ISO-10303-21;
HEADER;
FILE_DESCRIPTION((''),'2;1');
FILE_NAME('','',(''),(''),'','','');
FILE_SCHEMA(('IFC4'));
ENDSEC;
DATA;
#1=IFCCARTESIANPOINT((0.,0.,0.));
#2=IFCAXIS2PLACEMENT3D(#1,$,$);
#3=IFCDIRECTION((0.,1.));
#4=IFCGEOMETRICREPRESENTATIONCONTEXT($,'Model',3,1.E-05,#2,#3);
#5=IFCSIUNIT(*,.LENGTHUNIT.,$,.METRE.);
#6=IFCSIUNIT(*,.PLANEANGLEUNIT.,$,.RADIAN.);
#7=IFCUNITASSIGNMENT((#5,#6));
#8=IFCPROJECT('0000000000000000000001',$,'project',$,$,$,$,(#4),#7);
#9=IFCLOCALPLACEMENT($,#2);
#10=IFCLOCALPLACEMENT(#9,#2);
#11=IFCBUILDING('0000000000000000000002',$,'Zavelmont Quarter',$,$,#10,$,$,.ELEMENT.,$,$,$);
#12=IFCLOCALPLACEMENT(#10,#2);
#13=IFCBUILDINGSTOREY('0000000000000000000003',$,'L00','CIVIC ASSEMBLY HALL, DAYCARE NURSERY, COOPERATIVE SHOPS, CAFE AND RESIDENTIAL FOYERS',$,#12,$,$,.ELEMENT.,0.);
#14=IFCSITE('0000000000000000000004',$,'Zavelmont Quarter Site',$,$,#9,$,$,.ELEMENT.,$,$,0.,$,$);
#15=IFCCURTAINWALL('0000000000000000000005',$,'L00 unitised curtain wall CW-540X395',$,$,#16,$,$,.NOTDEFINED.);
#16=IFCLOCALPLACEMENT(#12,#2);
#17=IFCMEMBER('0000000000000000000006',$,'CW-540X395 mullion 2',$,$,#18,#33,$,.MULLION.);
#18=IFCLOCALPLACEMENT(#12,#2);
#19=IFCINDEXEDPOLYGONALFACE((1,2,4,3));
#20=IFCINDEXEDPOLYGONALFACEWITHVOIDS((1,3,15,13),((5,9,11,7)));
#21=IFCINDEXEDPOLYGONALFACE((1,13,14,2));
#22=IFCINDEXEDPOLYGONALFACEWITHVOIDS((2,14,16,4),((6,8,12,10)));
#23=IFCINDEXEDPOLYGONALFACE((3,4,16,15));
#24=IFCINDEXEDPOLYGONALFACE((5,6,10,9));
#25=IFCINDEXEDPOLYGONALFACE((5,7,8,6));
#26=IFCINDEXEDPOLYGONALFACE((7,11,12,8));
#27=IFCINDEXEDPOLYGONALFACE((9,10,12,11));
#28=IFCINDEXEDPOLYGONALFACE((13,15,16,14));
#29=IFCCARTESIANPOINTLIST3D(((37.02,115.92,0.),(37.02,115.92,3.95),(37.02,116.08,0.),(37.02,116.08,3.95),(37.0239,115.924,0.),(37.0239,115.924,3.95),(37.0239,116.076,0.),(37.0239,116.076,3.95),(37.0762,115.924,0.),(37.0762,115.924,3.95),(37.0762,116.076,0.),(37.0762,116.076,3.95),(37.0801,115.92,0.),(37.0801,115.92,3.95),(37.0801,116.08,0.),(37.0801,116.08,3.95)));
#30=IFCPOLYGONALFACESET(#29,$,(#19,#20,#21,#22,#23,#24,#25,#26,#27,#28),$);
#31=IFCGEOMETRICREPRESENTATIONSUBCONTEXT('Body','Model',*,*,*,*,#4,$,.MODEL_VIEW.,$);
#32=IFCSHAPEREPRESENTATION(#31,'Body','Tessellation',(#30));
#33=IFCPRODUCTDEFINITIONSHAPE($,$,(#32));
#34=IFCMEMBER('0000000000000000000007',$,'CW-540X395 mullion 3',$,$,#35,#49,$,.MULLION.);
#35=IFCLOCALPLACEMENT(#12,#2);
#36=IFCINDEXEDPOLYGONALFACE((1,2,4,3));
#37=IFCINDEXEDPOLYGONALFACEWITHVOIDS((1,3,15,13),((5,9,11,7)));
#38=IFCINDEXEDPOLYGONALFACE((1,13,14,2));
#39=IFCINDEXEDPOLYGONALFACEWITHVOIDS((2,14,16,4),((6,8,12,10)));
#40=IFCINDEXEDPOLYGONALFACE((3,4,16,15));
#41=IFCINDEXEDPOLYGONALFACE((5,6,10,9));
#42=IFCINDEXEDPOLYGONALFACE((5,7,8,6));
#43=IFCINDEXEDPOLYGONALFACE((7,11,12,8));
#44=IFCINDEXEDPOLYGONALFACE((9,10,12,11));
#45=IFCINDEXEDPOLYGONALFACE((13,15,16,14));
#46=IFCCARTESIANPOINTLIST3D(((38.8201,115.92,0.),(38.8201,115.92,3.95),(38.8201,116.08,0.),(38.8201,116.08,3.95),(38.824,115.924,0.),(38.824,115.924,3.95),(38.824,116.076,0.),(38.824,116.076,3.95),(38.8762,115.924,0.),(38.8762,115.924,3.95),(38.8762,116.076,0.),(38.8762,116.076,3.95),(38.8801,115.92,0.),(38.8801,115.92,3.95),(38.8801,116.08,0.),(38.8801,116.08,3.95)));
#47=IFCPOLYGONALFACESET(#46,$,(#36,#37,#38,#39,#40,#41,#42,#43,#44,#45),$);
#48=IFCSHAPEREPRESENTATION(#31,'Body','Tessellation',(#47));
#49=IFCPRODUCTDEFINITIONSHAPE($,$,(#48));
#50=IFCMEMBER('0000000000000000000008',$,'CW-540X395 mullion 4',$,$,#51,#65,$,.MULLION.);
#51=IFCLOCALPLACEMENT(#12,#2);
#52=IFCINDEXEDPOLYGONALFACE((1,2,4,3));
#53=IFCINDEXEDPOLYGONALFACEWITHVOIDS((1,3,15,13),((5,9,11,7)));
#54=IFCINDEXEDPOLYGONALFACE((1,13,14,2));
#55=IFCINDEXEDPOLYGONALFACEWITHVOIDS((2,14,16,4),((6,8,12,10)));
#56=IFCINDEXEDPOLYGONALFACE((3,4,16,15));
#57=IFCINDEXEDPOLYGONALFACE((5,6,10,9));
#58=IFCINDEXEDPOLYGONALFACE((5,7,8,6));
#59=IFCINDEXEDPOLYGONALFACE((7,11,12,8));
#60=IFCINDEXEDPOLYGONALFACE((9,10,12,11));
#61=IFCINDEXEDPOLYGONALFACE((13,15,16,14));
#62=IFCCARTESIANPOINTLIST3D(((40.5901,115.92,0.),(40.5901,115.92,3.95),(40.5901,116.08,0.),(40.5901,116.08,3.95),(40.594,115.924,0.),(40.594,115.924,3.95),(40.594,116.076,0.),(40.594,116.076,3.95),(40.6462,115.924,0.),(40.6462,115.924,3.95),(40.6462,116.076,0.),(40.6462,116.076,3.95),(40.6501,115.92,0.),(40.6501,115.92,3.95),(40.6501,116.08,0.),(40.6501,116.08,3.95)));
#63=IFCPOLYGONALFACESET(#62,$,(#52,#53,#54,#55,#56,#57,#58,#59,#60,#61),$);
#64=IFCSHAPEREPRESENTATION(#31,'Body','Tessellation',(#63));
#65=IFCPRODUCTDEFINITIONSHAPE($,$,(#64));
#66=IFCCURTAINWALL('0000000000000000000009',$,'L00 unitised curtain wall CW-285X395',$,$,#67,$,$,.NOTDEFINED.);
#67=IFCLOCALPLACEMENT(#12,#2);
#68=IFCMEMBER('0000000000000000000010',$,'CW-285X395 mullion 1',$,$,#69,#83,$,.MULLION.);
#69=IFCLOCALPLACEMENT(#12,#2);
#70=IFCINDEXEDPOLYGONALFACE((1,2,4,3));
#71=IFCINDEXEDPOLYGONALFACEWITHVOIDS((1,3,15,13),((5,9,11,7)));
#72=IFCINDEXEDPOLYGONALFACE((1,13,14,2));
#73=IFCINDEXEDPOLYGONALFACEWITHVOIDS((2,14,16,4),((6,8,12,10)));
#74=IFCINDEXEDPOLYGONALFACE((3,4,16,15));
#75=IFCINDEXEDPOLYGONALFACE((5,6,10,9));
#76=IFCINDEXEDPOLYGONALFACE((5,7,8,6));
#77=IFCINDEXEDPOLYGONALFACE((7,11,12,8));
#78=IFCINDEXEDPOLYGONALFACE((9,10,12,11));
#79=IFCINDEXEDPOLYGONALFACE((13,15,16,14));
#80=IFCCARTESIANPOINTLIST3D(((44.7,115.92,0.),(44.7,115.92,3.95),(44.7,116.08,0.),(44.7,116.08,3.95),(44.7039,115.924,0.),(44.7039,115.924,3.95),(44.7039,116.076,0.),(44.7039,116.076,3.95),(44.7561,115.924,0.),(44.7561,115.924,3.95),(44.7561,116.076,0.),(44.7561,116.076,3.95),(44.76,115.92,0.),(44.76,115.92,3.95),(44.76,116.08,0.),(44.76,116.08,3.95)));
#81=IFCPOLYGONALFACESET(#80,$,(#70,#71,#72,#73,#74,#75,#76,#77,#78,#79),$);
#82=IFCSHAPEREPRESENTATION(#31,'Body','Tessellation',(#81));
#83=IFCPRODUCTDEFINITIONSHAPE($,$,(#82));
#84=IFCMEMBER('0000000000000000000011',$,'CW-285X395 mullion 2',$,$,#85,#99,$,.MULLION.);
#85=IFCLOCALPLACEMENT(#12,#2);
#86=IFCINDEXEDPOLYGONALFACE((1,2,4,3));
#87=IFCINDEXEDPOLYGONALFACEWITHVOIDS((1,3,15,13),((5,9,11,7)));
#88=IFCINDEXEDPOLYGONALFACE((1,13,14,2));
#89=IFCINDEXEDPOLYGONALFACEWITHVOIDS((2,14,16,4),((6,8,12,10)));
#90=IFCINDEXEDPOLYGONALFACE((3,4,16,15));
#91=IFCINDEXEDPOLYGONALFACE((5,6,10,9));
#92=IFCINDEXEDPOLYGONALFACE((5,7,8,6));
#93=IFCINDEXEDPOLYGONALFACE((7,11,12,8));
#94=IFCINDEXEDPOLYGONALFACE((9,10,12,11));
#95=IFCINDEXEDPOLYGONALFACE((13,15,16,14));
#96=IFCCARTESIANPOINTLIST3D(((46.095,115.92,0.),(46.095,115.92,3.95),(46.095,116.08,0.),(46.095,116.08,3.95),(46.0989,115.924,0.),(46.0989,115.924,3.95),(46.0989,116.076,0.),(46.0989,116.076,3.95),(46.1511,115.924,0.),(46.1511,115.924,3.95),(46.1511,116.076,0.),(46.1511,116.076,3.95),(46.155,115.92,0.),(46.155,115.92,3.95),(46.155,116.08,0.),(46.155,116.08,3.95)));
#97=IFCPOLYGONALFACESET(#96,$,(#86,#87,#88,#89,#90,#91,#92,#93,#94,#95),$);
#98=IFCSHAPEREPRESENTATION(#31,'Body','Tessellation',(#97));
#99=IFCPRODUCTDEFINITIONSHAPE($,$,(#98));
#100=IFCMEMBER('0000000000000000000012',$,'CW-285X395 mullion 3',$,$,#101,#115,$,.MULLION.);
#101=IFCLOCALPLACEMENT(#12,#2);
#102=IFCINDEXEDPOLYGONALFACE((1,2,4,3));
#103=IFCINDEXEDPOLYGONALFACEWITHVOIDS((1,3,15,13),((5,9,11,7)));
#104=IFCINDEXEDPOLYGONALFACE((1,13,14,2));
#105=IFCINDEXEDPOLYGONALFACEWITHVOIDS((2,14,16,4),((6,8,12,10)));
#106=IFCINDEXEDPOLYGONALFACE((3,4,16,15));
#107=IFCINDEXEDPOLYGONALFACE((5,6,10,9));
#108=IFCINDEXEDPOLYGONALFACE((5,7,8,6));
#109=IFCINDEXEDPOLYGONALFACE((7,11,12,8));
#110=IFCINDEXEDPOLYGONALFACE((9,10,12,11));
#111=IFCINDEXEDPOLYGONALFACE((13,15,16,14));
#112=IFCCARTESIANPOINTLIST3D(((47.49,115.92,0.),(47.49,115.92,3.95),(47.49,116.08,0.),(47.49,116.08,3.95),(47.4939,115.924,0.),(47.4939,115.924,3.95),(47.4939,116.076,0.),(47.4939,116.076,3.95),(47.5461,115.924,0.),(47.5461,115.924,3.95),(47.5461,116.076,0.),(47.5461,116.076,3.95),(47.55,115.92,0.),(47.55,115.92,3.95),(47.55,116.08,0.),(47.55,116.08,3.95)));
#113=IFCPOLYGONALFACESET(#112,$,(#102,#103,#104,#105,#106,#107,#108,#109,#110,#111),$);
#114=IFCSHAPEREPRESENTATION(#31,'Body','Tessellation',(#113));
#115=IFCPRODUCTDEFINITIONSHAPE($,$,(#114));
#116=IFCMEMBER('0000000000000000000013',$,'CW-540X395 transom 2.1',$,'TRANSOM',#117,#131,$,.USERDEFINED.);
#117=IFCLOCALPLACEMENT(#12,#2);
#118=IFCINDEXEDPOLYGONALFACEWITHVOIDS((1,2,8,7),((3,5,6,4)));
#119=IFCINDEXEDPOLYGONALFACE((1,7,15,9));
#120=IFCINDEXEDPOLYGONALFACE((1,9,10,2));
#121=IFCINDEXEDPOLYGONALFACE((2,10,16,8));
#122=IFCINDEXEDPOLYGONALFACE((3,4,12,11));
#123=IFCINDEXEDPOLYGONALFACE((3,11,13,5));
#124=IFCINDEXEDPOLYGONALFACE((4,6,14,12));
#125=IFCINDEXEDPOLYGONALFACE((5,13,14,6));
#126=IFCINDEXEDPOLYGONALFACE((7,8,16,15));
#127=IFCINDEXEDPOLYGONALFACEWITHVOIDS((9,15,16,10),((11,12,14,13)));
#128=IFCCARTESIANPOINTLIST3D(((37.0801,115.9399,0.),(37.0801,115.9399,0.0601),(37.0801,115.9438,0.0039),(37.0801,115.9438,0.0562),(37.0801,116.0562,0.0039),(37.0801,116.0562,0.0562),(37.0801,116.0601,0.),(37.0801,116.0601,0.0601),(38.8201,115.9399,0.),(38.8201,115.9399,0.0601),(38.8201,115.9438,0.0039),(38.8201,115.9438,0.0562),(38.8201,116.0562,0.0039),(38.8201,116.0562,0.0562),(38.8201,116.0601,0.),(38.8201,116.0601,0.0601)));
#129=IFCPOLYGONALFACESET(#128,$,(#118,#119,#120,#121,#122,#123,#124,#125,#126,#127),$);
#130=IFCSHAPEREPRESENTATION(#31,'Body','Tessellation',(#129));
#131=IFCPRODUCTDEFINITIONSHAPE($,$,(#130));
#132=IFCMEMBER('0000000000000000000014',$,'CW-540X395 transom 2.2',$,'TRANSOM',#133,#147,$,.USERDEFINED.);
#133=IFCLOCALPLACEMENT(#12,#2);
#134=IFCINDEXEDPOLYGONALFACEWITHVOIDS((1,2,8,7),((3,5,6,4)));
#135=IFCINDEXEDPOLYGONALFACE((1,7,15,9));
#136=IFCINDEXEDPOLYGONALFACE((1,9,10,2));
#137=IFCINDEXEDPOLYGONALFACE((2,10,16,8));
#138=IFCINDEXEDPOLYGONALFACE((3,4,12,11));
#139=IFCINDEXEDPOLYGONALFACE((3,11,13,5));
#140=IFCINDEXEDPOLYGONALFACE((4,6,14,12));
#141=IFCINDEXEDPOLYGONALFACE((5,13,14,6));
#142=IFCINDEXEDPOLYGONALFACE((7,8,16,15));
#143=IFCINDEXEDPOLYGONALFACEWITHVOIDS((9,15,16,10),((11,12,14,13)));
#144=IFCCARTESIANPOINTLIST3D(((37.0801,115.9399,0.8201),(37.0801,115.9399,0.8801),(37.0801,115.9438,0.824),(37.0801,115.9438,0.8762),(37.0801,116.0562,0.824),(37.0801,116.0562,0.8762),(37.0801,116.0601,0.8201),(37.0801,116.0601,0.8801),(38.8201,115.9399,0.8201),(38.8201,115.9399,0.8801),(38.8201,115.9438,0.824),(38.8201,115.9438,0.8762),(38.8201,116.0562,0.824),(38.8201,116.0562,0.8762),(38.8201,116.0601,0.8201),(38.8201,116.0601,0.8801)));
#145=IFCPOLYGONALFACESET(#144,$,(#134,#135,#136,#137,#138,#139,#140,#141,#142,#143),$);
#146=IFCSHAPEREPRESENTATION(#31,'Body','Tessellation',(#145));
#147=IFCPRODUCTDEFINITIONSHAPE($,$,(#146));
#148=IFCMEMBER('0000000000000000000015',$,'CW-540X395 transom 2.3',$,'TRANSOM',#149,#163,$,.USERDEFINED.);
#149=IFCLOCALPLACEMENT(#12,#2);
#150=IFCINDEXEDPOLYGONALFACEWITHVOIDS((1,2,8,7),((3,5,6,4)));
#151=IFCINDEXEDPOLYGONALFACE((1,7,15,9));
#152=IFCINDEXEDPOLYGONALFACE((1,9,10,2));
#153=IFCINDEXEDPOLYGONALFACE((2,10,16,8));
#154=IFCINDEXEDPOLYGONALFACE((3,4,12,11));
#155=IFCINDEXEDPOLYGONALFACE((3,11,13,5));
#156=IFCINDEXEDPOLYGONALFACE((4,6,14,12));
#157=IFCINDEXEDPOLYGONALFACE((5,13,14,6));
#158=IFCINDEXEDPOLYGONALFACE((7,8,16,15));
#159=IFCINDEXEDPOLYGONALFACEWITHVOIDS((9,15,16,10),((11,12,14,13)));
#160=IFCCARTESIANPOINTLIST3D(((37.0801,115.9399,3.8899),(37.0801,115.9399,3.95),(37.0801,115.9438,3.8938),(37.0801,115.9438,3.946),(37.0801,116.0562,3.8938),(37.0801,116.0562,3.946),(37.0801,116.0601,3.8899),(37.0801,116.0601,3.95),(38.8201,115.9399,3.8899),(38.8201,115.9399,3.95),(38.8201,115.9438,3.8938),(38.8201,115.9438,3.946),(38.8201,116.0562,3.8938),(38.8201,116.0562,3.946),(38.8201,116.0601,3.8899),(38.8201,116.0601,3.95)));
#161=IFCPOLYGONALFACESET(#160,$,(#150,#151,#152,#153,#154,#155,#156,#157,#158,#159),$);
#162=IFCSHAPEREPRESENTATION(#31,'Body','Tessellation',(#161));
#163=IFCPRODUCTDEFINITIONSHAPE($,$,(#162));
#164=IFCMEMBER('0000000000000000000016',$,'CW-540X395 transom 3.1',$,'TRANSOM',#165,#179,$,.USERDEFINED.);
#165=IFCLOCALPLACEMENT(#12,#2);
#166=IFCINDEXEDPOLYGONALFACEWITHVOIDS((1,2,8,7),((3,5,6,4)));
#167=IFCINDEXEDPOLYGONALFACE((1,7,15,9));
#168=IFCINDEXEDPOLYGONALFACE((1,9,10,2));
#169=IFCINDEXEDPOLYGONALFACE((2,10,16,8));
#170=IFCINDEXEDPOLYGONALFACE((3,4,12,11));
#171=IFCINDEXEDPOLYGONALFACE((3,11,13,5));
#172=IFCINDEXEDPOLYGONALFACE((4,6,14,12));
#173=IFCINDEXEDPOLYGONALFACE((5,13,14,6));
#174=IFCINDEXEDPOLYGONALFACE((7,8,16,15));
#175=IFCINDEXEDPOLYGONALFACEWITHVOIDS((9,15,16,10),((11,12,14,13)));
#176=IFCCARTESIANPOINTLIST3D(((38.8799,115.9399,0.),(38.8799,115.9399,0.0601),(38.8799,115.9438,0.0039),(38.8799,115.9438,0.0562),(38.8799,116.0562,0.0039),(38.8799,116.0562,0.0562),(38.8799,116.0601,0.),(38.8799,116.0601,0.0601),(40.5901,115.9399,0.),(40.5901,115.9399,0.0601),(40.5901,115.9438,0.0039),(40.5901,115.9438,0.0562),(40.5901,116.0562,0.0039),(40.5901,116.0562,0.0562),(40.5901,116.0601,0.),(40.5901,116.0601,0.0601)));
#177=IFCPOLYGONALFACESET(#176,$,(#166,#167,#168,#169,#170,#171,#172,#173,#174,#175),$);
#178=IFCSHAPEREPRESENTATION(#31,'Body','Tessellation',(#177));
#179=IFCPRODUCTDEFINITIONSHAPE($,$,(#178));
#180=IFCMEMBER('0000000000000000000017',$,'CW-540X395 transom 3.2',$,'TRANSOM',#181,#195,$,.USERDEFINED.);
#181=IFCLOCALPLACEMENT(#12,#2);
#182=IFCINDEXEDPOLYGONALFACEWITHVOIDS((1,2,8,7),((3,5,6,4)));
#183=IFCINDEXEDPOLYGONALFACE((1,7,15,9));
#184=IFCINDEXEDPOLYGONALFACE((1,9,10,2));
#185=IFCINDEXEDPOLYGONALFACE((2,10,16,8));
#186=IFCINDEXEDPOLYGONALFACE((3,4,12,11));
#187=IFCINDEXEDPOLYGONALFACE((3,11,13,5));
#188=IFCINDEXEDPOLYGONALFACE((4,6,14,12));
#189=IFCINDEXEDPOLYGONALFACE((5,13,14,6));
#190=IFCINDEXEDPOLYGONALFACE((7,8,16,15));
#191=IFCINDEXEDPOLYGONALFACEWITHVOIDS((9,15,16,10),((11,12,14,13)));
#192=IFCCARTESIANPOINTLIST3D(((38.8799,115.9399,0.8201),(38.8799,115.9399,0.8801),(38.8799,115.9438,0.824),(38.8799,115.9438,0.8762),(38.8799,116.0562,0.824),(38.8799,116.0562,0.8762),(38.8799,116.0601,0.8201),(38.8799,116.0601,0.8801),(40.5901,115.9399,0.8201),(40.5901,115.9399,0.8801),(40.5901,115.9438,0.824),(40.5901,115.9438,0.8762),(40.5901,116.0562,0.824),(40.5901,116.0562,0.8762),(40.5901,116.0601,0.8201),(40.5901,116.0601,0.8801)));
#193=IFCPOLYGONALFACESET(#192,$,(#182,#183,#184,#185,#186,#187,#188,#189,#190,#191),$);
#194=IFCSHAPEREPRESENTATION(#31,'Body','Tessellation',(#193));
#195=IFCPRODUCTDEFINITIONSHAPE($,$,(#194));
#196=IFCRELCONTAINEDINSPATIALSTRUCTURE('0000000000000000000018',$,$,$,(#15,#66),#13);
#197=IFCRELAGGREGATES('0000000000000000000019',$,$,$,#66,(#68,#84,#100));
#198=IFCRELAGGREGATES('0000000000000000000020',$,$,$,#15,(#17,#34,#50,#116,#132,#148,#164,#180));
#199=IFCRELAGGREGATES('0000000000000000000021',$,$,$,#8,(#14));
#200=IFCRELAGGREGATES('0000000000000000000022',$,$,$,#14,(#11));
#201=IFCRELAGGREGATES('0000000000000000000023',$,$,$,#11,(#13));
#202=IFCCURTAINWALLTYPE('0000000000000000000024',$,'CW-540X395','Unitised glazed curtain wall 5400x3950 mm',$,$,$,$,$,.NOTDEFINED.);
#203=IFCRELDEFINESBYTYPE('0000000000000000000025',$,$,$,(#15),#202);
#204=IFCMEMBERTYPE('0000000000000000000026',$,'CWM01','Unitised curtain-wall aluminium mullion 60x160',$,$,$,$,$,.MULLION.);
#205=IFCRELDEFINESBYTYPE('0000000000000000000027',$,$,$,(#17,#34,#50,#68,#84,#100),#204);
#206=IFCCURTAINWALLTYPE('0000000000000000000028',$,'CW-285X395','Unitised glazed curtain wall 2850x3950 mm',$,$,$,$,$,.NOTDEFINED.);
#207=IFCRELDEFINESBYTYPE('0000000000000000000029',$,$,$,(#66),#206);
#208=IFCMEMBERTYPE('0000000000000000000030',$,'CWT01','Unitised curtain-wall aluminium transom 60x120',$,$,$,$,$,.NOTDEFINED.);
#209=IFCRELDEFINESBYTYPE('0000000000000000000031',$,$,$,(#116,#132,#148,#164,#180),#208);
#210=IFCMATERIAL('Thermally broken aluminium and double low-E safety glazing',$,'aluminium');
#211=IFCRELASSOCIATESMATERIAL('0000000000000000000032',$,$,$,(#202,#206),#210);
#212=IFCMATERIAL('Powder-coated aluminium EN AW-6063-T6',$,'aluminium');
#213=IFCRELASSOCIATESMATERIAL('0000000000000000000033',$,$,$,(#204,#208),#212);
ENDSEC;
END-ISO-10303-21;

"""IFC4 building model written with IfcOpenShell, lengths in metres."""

from ifc_helpers import new_model, si_unit, direction, frame, origin, origin_2d, place, context, subcontext, project, spatial, hollow_rectangle, extrude, material, material_profile, profile_set, type_object, element, aggregate, save


model = new_model("IFC4")

# Units and contexts
model_context = context("Model", 3, precision=1e-05, world=origin(), true_north=direction((0.0, 1.0)))
body_context = subcontext(model_context, "Body", "Model", "MODEL_VIEW")
ifc_project = project(units=[si_unit("LENGTHUNIT", "METRE"), si_unit("PLANEANGLEUNIT", "RADIAN")], contexts=[model_context])

# Site, building, storey
site_placement = place(None, origin())
site = spatial("IfcSite", under=ifc_project, at=site_placement, Name="Zavelmont Quarter Site", CompositionType="ELEMENT", RefElevation=0.0)
building_placement = place(site_placement, origin())
building = spatial("IfcBuilding", under=site, at=building_placement, Name="Zavelmont Quarter", CompositionType="ELEMENT")
storey_placement = place(building_placement, origin())
storey = spatial("IfcBuildingStorey", under=building, at=storey_placement, Name="L00", Description="CIVIC ASSEMBLY HALL, DAYCARE NURSERY, COOPERATIVE SHOPS, CAFE AND RESIDENTIAL FOYERS", CompositionType="ELEMENT", Elevation=0.0)

# Curtain walls, members
ifc_material_1 = material(Name="Thermally broken aluminium and double low-E safety glazing", Category="aluminium")
curtain_wall_type_1 = type_object("IfcCurtainWallType", Name="CW-540X395", Description="Unitised glazed curtain wall 5400x3950 mm", PredefinedType="NOTDEFINED", material=ifc_material_1)
curtain_wall_1_placement = place(storey_placement, origin())
curtain_wall_1 = element("IfcCurtainWall", 1, at=curtain_wall_1_placement, inside=storey, type_object=curtain_wall_type_1, Name="L00 unitised curtain wall CW-540X395", PredefinedType="NOTDEFINED")
ifc_material_2 = material(Name="Powder-coated aluminium EN AW-6063-T6", Category="aluminium")
ifc_material_profile_1 = material_profile(ifc_material_2, hollow_rectangle(XDim=0.0601, YDim=0.1599, WallThickness=0.0039, at=origin_2d()), Name="CWM60X160")
ifc_profile_set_1 = profile_set([ifc_material_profile_1], Name="Powder-coated aluminium EN AW-6063-T6")
member_type_1 = type_object("IfcMemberType", Name="CWM01", Description="Unitised curtain-wall aluminium mullion 60x160", PredefinedType="MULLION", material=ifc_profile_set_1)
member_1_placement = place(storey_placement, frame((37.05, 116.0, 0.0), z_axis=(0.0, 0.0, 1.0), x_axis=(1.0, 0.0, 0.0)))
member_1 = element("IfcMember", 2, at=member_1_placement, type_object=member_type_1, Name="CW-540X395 mullion 2", PredefinedType="MULLION", context=body_context, shape_type="SweptSolid", body=[
    extrude(hollow_rectangle(XDim=0.0601, YDim=0.1599, WallThickness=0.0039, at=origin_2d()), origin(), (0.0, 0.0, 1.0), 3.95),
])
member_2_placement = place(storey_placement, frame((38.8501, 116.0, 0.0), z_axis=(0.0, 0.0, 1.0), x_axis=(1.0, 0.0, 0.0)))
member_2 = element("IfcMember", 3, at=member_2_placement, type_object=member_type_1, Name="CW-540X395 mullion 3", PredefinedType="MULLION", context=body_context, shape_type="SweptSolid", body=[
    extrude(hollow_rectangle(XDim=0.0601, YDim=0.1599, WallThickness=0.0039, at=origin_2d()), origin(), (0.0, 0.0, 1.0), 3.95),
])
member_3_placement = place(storey_placement, frame((40.6201, 116.0, 0.0), z_axis=(0.0, 0.0, 1.0), x_axis=(1.0, 0.0, 0.0)))
member_3 = element("IfcMember", 4, at=member_3_placement, type_object=member_type_1, Name="CW-540X395 mullion 4", PredefinedType="MULLION", context=body_context, shape_type="SweptSolid", body=[
    extrude(hollow_rectangle(XDim=0.0601, YDim=0.1599, WallThickness=0.0039, at=origin_2d()), origin(), (0.0, 0.0, 1.0), 3.95),
])
curtain_wall_type_2 = type_object("IfcCurtainWallType", Name="CW-285X395", Description="Unitised glazed curtain wall 2850x3950 mm", PredefinedType="NOTDEFINED", material=ifc_material_1)
curtain_wall_2_placement = place(storey_placement, origin())
curtain_wall_2 = element("IfcCurtainWall", 5, at=curtain_wall_2_placement, inside=storey, type_object=curtain_wall_type_2, Name="L00 unitised curtain wall CW-285X395", PredefinedType="NOTDEFINED")
member_4_placement = place(storey_placement, frame((44.73, 116.0, 0.0), z_axis=(0.0, 0.0, 1.0), x_axis=(1.0, 0.0, 0.0)))
member_4 = element("IfcMember", 6, at=member_4_placement, type_object=member_type_1, Name="CW-285X395 mullion 1", PredefinedType="MULLION", context=body_context, shape_type="SweptSolid", body=[
    extrude(hollow_rectangle(XDim=0.0601, YDim=0.1599, WallThickness=0.0039, at=origin_2d()), origin(), (0.0, 0.0, 1.0), 3.95),
])
member_5_placement = place(storey_placement, frame((46.125, 116.0, 0.0), z_axis=(0.0, 0.0, 1.0), x_axis=(1.0, 0.0, 0.0)))
member_5 = element("IfcMember", 7, at=member_5_placement, type_object=member_type_1, Name="CW-285X395 mullion 2", PredefinedType="MULLION", context=body_context, shape_type="SweptSolid", body=[
    extrude(hollow_rectangle(XDim=0.0601, YDim=0.1599, WallThickness=0.0039, at=origin_2d()), origin(), (0.0, 0.0, 1.0), 3.95),
])
member_6_placement = place(storey_placement, frame((47.52, 116.0, 0.0), z_axis=(0.0, 0.0, 1.0), x_axis=(1.0, 0.0, 0.0)))
member_6 = element("IfcMember", 8, at=member_6_placement, type_object=member_type_1, Name="CW-285X395 mullion 3", PredefinedType="MULLION", context=body_context, shape_type="SweptSolid", body=[
    extrude(hollow_rectangle(XDim=0.0601, YDim=0.1599, WallThickness=0.0039, at=origin_2d()), origin(), (0.0, 0.0, 1.0), 3.95),
])

# Members
ifc_material_profile_2 = material_profile(ifc_material_2, hollow_rectangle(XDim=0.1201, YDim=0.0601, WallThickness=0.0039, at=origin_2d()), Name="CWT60X120")
ifc_profile_set_2 = profile_set([ifc_material_profile_2], Name="Powder-coated aluminium EN AW-6063-T6")
member_type_2 = type_object("IfcMemberType", Name="CWT01", Description="Unitised curtain-wall aluminium transom 60x120", PredefinedType="NOTDEFINED", material=ifc_profile_set_2)
member_7_placement = place(storey_placement, frame((37.0801, 116.0, 0.03), z_axis=(1.0, 0.0, 0.0), x_axis=(0.0, 1.0, 0.0)))
member_7 = element("IfcMember", 9, at=member_7_placement, type_object=member_type_2, Name="CW-540X395 transom 2.1", ObjectType="TRANSOM", PredefinedType="USERDEFINED", context=body_context, shape_type="SweptSolid", body=[
    extrude(hollow_rectangle(XDim=0.1201, YDim=0.0601, WallThickness=0.0039, at=origin_2d()), origin(), (0.0, 0.0, 1.0), 1.74),
])
member_8_placement = place(storey_placement, frame((37.0801, 116.0, 0.8501), z_axis=(1.0, 0.0, 0.0), x_axis=(0.0, 1.0, 0.0)))
member_8 = element("IfcMember", 10, at=member_8_placement, type_object=member_type_2, Name="CW-540X395 transom 2.2", ObjectType="TRANSOM", PredefinedType="USERDEFINED", context=body_context, shape_type="SweptSolid", body=[
    extrude(hollow_rectangle(XDim=0.1201, YDim=0.0601, WallThickness=0.0039, at=origin_2d()), origin(), (0.0, 0.0, 1.0), 1.74),
])
member_9_placement = place(storey_placement, frame((37.0801, 116.0, 3.9199), z_axis=(1.0, 0.0, 0.0), x_axis=(0.0, 1.0, 0.0)))
member_9 = element("IfcMember", 11, at=member_9_placement, type_object=member_type_2, Name="CW-540X395 transom 2.3", ObjectType="TRANSOM", PredefinedType="USERDEFINED", context=body_context, shape_type="SweptSolid", body=[
    extrude(hollow_rectangle(XDim=0.1201, YDim=0.0601, WallThickness=0.0039, at=origin_2d()), origin(), (0.0, 0.0, 1.0), 1.74),
])
member_10_placement = place(storey_placement, frame((38.8799, 116.0, 0.03), z_axis=(1.0, 0.0, 0.0), x_axis=(0.0, 1.0, 0.0)))
member_10 = element("IfcMember", 12, at=member_10_placement, type_object=member_type_2, Name="CW-540X395 transom 3.1", ObjectType="TRANSOM", PredefinedType="USERDEFINED", context=body_context, shape_type="SweptSolid", body=[
    extrude(hollow_rectangle(XDim=0.1201, YDim=0.0601, WallThickness=0.0039, at=origin_2d()), origin(), (0.0, 0.0, 1.0), 1.7102),
])
member_11_placement = place(storey_placement, frame((38.8799, 116.0, 0.8501), z_axis=(1.0, 0.0, 0.0), x_axis=(0.0, 1.0, 0.0)))
member_11 = element("IfcMember", 13, at=member_11_placement, type_object=member_type_2, Name="CW-540X395 transom 3.2", ObjectType="TRANSOM", PredefinedType="USERDEFINED", context=body_context, shape_type="SweptSolid", body=[
    extrude(hollow_rectangle(XDim=0.1201, YDim=0.0601, WallThickness=0.0039, at=origin_2d()), origin(), (0.0, 0.0, 1.0), 1.7102),
])

aggregate(curtain_wall_2, [member_4, member_5, member_6])
aggregate(curtain_wall_1, [member_1, member_2, member_3, member_7, member_8, member_9, member_10, member_11])

save(model, "model.ifc")
